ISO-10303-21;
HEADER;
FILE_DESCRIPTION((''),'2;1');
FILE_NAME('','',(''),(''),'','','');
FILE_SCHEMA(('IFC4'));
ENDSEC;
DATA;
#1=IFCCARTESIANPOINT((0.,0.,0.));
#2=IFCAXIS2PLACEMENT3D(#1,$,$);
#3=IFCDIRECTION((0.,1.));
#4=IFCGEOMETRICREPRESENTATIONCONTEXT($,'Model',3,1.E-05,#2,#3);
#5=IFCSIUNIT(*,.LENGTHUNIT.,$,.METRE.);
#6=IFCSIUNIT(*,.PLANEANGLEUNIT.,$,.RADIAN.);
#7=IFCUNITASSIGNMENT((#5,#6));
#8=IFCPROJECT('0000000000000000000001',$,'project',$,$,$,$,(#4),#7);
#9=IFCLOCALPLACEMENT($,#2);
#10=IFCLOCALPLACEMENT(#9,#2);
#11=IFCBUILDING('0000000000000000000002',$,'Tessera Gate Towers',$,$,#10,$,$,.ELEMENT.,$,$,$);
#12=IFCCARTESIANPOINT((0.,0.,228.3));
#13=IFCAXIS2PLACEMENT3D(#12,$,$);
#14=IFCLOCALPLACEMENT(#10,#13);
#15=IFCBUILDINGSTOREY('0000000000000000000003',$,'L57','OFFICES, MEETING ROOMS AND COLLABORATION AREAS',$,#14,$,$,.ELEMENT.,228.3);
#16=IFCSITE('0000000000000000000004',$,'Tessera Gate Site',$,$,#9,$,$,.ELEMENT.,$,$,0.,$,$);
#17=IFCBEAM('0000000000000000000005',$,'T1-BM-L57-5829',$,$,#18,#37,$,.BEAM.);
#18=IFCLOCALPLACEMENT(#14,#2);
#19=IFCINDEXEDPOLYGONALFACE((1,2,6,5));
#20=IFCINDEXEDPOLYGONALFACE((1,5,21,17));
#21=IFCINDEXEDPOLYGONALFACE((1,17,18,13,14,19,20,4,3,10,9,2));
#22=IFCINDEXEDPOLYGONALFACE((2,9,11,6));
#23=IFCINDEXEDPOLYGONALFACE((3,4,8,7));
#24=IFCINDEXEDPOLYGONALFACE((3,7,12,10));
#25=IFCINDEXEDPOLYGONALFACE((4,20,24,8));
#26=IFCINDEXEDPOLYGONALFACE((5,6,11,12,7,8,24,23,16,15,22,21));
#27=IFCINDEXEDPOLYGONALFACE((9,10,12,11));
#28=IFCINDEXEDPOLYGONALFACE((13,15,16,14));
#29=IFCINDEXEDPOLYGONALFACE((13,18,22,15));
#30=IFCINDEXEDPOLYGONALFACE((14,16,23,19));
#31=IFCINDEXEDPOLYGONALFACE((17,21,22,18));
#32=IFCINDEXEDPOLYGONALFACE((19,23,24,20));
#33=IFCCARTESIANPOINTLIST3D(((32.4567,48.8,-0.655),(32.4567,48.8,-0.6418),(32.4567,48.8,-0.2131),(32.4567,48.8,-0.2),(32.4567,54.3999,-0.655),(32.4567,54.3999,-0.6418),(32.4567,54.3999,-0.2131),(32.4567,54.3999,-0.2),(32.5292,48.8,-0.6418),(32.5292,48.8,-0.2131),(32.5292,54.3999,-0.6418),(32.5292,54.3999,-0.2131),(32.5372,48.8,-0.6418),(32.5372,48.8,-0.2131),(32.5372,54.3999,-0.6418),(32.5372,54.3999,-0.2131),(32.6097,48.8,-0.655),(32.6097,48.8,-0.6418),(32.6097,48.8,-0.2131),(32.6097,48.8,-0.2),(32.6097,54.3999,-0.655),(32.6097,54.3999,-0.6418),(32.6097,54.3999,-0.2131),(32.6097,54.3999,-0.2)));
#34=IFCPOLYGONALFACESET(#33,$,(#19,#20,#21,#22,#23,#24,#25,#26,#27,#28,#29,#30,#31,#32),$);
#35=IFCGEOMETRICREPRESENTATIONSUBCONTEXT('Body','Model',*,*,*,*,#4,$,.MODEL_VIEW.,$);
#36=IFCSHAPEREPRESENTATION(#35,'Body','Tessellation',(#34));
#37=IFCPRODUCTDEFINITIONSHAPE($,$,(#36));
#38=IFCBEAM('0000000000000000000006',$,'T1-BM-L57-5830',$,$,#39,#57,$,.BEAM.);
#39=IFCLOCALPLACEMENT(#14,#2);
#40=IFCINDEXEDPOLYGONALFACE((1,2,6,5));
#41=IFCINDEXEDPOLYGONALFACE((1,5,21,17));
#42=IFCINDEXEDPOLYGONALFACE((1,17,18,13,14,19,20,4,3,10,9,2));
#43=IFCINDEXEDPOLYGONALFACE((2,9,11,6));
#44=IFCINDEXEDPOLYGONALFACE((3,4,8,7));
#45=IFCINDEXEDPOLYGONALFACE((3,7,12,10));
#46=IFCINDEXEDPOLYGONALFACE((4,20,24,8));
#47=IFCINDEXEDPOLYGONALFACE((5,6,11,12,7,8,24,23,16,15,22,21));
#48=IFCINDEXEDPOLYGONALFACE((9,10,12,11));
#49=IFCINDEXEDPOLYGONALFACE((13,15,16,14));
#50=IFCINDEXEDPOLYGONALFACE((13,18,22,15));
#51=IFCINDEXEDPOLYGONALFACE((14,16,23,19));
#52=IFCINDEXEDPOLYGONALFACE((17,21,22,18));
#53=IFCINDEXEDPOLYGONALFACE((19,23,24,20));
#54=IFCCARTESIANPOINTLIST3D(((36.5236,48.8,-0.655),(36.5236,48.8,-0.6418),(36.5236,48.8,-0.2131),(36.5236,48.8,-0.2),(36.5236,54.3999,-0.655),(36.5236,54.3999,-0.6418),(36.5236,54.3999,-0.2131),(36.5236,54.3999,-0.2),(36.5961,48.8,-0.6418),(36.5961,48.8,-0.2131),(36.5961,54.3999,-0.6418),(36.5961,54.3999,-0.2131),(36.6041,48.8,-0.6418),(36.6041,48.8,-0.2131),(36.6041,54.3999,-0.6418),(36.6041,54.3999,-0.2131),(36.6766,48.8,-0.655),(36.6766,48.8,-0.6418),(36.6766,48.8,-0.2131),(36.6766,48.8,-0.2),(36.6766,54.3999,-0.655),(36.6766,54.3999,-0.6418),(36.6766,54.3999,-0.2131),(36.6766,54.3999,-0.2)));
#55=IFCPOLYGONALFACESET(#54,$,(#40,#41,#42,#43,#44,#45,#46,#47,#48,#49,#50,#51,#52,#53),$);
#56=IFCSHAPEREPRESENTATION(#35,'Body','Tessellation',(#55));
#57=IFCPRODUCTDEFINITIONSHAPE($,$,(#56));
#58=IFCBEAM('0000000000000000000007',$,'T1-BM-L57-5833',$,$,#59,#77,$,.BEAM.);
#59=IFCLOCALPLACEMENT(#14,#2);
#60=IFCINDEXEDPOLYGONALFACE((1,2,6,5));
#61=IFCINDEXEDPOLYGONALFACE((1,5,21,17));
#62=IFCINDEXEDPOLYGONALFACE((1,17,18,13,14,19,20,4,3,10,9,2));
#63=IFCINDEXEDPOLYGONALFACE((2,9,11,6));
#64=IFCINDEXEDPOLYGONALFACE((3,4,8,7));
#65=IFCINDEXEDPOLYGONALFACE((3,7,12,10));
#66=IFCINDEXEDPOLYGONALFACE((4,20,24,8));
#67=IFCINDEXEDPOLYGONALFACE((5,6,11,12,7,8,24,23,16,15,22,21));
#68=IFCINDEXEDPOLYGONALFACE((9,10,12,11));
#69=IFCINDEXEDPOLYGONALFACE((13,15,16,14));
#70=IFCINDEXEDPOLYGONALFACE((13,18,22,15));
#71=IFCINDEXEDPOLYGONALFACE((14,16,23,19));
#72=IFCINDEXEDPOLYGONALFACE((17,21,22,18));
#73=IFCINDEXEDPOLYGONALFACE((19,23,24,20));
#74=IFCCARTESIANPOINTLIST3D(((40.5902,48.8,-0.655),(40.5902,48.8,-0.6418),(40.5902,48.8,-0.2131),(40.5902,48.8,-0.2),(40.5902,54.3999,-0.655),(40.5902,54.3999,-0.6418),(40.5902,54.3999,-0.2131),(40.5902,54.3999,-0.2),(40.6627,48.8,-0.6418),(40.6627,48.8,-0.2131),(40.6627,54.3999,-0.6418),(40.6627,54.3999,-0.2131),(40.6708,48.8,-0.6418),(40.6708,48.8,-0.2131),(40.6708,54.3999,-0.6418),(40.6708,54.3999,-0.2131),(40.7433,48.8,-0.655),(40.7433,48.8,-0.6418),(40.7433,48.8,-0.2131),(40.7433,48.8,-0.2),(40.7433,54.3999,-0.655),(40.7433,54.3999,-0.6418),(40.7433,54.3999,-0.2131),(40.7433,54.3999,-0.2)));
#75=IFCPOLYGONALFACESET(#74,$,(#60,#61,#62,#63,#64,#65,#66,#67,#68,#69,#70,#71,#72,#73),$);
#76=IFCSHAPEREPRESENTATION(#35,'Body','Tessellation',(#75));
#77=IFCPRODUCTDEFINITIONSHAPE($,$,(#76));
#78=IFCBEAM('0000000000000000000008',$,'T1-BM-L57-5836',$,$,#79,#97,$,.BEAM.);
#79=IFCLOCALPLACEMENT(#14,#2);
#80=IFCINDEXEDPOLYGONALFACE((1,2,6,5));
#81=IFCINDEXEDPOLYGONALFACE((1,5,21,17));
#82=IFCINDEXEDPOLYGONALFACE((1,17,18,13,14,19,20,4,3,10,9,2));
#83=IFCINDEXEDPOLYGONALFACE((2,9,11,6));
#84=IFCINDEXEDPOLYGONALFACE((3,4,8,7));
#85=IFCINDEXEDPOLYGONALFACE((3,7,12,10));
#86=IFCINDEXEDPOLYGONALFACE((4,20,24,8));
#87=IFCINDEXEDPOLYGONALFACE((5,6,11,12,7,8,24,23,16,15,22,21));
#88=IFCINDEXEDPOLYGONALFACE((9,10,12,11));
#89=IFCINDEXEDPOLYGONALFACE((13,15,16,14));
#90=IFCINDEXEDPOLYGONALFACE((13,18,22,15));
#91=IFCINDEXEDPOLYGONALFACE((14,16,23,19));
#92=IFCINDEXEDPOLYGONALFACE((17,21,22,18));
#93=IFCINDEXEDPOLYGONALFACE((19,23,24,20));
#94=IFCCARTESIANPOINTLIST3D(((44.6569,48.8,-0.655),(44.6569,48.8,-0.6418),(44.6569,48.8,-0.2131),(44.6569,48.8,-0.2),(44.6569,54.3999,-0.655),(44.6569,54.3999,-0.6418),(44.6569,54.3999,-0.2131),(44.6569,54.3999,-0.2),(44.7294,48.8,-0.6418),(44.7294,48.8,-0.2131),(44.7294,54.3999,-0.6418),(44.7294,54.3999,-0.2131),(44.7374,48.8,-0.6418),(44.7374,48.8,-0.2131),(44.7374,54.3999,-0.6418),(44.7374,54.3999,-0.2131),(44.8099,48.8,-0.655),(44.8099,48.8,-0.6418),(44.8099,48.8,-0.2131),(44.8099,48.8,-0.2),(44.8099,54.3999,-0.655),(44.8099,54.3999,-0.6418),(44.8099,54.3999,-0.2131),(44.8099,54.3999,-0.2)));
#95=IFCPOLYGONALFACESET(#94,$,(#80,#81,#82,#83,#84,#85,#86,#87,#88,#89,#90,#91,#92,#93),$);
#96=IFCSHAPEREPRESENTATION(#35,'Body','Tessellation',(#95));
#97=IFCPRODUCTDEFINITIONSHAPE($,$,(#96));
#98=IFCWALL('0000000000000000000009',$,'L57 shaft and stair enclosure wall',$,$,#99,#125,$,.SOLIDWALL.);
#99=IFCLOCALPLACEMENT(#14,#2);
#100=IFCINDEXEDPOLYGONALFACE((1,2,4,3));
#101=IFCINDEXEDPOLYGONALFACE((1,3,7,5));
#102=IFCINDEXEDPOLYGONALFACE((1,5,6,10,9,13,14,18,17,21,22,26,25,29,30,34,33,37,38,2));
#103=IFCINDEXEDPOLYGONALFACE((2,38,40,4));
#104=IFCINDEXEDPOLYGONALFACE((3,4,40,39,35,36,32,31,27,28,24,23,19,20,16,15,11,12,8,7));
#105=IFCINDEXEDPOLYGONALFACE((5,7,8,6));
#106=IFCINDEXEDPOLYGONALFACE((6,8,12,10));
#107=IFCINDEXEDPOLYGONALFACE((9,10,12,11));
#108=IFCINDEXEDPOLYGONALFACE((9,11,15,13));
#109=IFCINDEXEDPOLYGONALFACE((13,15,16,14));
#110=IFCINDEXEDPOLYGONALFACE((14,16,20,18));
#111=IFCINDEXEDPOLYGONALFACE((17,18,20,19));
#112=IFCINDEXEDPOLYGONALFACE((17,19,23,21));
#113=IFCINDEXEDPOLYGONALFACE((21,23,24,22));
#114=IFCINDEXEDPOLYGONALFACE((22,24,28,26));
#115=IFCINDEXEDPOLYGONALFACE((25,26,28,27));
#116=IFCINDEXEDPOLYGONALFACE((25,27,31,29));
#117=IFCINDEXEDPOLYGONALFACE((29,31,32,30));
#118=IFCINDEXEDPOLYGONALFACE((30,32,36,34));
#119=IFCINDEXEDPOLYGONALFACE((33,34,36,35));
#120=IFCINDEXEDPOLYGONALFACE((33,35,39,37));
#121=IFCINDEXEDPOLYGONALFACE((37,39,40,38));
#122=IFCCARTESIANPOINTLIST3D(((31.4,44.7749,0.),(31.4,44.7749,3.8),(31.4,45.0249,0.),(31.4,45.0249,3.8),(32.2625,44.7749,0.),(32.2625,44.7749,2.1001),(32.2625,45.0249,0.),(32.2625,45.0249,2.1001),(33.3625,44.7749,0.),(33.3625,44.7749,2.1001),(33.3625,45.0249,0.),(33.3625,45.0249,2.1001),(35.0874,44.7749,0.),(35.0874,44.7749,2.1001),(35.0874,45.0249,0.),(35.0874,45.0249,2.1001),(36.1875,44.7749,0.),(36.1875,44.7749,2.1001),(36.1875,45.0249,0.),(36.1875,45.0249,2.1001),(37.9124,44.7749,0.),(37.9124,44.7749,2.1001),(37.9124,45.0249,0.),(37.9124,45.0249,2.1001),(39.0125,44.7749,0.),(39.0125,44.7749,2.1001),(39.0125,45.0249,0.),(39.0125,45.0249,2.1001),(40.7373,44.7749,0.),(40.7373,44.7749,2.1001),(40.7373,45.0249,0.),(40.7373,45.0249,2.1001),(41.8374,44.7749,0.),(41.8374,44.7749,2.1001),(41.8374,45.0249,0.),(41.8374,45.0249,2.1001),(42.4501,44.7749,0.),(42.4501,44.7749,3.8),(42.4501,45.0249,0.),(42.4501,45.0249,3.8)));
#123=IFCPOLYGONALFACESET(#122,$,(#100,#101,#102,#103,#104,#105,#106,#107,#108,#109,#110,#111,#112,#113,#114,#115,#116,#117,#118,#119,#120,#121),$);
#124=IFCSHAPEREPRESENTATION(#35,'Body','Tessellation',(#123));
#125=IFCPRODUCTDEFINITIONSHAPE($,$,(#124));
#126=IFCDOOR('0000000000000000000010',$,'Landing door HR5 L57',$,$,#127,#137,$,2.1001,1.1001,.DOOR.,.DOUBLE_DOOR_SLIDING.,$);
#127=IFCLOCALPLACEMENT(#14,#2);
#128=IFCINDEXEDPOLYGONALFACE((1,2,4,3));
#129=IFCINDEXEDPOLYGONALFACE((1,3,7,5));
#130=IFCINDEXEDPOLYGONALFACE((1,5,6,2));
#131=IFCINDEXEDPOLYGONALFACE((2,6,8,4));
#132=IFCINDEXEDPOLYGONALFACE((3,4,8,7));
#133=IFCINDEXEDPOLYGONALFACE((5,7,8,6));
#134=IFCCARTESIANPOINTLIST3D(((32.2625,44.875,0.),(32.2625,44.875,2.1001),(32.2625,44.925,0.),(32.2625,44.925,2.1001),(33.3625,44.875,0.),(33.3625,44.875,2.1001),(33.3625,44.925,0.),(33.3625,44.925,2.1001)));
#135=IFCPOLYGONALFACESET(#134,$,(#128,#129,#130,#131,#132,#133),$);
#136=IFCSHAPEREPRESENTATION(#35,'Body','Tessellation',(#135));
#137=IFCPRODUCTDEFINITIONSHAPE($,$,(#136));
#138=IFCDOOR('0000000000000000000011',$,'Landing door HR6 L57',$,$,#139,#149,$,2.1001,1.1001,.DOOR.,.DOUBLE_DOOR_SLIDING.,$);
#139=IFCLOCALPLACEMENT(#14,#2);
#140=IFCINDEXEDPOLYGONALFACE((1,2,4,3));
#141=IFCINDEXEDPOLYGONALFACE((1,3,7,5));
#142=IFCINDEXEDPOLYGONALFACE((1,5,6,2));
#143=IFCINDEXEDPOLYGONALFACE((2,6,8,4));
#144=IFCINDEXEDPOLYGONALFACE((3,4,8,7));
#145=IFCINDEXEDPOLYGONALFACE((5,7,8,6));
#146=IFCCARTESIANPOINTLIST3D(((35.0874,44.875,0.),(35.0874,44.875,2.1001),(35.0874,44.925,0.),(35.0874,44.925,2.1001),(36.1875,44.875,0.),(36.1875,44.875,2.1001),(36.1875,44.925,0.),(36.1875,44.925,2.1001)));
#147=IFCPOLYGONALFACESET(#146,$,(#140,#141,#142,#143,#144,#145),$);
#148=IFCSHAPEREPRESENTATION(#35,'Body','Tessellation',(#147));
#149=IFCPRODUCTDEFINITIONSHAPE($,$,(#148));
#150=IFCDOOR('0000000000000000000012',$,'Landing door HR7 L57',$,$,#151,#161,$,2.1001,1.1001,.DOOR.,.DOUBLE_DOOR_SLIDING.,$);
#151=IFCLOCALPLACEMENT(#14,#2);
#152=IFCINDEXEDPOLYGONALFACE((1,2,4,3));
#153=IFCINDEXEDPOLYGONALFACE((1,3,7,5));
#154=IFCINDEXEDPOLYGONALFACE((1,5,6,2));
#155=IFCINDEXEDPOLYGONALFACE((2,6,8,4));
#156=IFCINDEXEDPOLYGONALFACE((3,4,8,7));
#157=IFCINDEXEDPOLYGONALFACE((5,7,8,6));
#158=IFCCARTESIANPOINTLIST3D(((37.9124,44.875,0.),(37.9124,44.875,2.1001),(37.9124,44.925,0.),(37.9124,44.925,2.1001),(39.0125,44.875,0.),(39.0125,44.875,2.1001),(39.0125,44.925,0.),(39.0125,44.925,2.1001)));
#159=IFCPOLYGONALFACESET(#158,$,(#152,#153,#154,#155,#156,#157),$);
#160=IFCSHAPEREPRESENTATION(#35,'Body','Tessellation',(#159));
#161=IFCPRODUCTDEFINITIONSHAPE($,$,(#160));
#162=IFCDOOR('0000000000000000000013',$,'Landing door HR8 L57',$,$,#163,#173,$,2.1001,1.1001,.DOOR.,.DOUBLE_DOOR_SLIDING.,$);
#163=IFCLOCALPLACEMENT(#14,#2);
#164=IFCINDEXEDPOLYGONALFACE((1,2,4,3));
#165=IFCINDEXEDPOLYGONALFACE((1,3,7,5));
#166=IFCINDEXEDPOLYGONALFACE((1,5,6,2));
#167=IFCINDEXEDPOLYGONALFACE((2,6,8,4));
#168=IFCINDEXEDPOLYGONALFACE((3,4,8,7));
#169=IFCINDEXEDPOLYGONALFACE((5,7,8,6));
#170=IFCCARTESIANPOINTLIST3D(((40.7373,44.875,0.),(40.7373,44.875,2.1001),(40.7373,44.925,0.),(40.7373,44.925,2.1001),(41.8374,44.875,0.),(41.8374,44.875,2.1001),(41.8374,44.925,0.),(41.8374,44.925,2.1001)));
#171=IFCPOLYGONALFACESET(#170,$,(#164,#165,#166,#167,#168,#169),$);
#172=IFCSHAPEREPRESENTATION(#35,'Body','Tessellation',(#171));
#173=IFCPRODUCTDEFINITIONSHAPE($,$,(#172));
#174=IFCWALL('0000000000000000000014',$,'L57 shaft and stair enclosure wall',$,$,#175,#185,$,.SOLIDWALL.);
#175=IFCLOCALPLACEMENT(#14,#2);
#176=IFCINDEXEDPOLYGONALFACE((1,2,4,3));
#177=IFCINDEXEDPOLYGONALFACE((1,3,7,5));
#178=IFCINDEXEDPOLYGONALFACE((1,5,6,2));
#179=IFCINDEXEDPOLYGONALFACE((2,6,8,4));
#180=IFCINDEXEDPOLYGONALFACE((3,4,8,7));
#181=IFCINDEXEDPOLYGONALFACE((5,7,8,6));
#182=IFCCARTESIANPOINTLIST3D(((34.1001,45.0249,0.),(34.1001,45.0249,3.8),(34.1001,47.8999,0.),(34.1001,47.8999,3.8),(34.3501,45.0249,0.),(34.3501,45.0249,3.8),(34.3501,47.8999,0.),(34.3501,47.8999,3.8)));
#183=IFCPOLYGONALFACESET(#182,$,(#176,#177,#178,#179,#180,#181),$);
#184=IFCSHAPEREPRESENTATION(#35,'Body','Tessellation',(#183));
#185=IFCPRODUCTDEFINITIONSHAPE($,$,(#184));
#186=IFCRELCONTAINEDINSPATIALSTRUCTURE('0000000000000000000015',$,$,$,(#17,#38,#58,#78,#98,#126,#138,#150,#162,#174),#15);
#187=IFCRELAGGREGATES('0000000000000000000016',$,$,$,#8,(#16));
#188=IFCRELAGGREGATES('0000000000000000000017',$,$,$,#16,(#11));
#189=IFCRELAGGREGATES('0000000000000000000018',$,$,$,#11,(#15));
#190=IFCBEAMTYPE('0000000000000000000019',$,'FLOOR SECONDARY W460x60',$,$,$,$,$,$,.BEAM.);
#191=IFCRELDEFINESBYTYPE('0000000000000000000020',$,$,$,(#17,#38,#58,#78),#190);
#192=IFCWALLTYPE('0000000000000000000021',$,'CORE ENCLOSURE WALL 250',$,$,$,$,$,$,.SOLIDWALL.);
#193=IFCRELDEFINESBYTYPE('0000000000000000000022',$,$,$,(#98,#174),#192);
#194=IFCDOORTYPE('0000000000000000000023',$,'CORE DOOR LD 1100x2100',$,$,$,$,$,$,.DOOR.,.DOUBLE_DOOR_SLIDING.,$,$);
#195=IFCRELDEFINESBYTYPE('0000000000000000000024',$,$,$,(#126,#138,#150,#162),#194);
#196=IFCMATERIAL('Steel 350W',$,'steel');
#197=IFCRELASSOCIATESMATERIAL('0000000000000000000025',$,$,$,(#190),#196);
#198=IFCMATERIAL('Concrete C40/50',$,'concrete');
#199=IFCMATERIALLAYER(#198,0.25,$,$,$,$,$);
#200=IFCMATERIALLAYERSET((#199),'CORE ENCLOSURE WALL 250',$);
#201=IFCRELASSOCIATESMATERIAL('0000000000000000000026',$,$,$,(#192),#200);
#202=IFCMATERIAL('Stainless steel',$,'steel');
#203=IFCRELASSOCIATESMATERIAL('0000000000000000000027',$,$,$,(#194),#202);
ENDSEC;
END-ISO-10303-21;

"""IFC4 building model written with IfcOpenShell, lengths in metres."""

from ifc_helpers import new_model, si_unit, direction, frame, frame_2d, origin, origin_2d, place, context, subcontext, project, spatial, rectangle, i_section, extrude, source, transform, mapped, material, layer, layer_set, material_profile, profile_set, type_object, element, fill, save


model = new_model("IFC4")

# Units and contexts
model_context = context("Model", 3, precision=1e-05, world=origin(), true_north=direction((0.0, 1.0)))
body_context = subcontext(model_context, "Body", "Model", "MODEL_VIEW")
ifc_project = project(units=[si_unit("LENGTHUNIT", "METRE"), si_unit("PLANEANGLEUNIT", "RADIAN")], contexts=[model_context])

# Site, building, storey
site_placement = place(None, origin())
site = spatial("IfcSite", under=ifc_project, at=site_placement, Name="Tessera Gate Site", CompositionType="ELEMENT", RefElevation=0.0)
building_placement = place(site_placement, origin())
building = spatial("IfcBuilding", under=site, at=building_placement, Name="Tessera Gate Towers", CompositionType="ELEMENT")
storey_placement = place(building_placement, frame((0.0, 0.0, 228.3)))
storey = spatial("IfcBuildingStorey", under=building, at=storey_placement, Name="L57", Description="OFFICES, MEETING ROOMS AND COLLABORATION AREAS", CompositionType="ELEMENT", Elevation=228.3)

# Beams
ifc_material_1 = material(Name="Steel 350W", Category="steel")
ifc_material_profile = material_profile(ifc_material_1, i_section(OverallWidth=0.1531, OverallDepth=0.4551, WebThickness=0.0081, FlangeThickness=0.0132, at=origin_2d()), Name="W460x60")
ifc_profile_set = profile_set([ifc_material_profile], Name="Steel 350W")
beam_type = type_object("IfcBeamType", Name="FLOOR SECONDARY W460x60", PredefinedType="BEAM", material=ifc_profile_set)
for number, where, z_axis, x_axis, name in (
    (1, (32.5332, 48.8, -0.4275), (0.0, 1.0, 0.0), (-1.0, 0.0, 0.0), "T1-BM-L57-5829"),
    (2, (36.6001, 48.8, -0.4275), (0.0, 1.0, 0.0), (-1.0, 0.0, 0.0), "T1-BM-L57-5830"),
    (3, (40.6667, 48.8, -0.4275), (0.0, 1.0, 0.0), (-1.0, 0.0, 0.0), "T1-BM-L57-5833"),
    (4, (44.7334, 48.8, -0.4275), (0.0, 1.0, 0.0), (-1.0, 0.0, 0.0), "T1-BM-L57-5836"),
):
    element("IfcBeam", number, at=place(storey_placement, frame(where, z_axis=z_axis, x_axis=x_axis)), inside=storey, type_object=beam_type, Name=name, PredefinedType="BEAM", context=body_context, shape_type="SweptSolid", body=[
        extrude(i_section(OverallWidth=0.1531, OverallDepth=0.4551, WebThickness=0.0081, FlangeThickness=0.0132, at=origin_2d()), origin(), (0.0, 0.0, 1.0), 5.5999),
    ])

# Wall, openings, doors
ifc_material_2 = material(Name="Concrete C40/50", Category="concrete")
ifc_layer_1 = layer(ifc_material_2, 0.25)
ifc_layer_set_1 = layer_set([ifc_layer_1], Name="CORE ENCLOSURE WALL 250")
wall_type_1 = type_object("IfcWallType", Name="CORE ENCLOSURE WALL 250", PredefinedType="SOLIDWALL", material=ifc_layer_set_1)
wall_1_placement = place(storey_placement, frame((42.45, 44.8999, 0.0), z_axis=(0.0, 0.0, 1.0), x_axis=(-1.0, 0.0, 0.0)))
wall_1 = element("IfcWall", 5, at=wall_1_placement, inside=storey, type_object=wall_type_1, Name="L57 shaft and stair enclosure wall", PredefinedType="SOLIDWALL", context=body_context, shape_type="SweptSolid", body=[
    extrude(rectangle(XDim=11.05, YDim=0.25, at=frame_2d((5.5249, 0.0))), origin(), (0.0, 0.0, 1.0), 3.8),
])
shared_shape_1 = source(origin(), body_context, "Body", "SweptSolid", [
    extrude(rectangle(XDim=1.1001, YDim=2.1001, at=frame_2d((0.55, 1.05))), frame((0.0, 0.135, 0.0), z_axis=(0.0, -1.0, 0.0), x_axis=(1.0, 0.0, 0.0)), (0.0, 0.0, 1.0), 0.27),
])
opening_1_placement = place(wall_1_placement, frame((9.0874, 0.0, 0.0)))
opening_1 = element("IfcOpeningElement", 6, at=opening_1_placement, cuts=wall_1, PredefinedType="OPENING", context=body_context, shape_type="MappedRepresentation", body=[
    mapped(shared_shape_1, transform((0.0, 0.0, 0.0), scale=1.0)),
])
opening_2_placement = place(wall_1_placement, frame((6.2625, 0.0, 0.0)))
opening_2 = element("IfcOpeningElement", 7, at=opening_2_placement, cuts=wall_1, PredefinedType="OPENING", context=body_context, shape_type="MappedRepresentation", body=[
    mapped(shared_shape_1, transform((0.0, 0.0, 0.0), scale=1.0)),
])
opening_3_placement = place(wall_1_placement, frame((3.4375, 0.0, 0.0)))
opening_3 = element("IfcOpeningElement", 8, at=opening_3_placement, cuts=wall_1, PredefinedType="OPENING", context=body_context, shape_type="MappedRepresentation", body=[
    mapped(shared_shape_1, transform((0.0, 0.0, 0.0), scale=1.0)),
])
opening_4_placement = place(wall_1_placement, frame((0.6125, 0.0, 0.0)))
opening_4 = element("IfcOpeningElement", 9, at=opening_4_placement, cuts=wall_1, PredefinedType="OPENING", context=body_context, shape_type="MappedRepresentation", body=[
    mapped(shared_shape_1, transform((0.0, 0.0, 0.0), scale=1.0)),
])
ifc_material_3 = material(Name="Stainless steel", Category="steel")
door_type_1 = type_object("IfcDoorType", Name="CORE DOOR LD 1100x2100", OperationType="DOUBLE_DOOR_SLIDING", PredefinedType="DOOR", material=ifc_material_3)
shared_shape_2 = source(origin(), body_context, "Body", "SweptSolid", [
    extrude(rectangle(XDim=1.1001, YDim=2.1001, at=frame_2d((0.55, 1.05))), frame((0.0, 0.0249, 0.0), z_axis=(0.0, -1.0, 0.0), x_axis=(1.0, 0.0, 0.0)), (0.0, 0.0, 1.0), 0.05),
])
door_1_placement = place(opening_1_placement, origin())
door_1 = element("IfcDoor", 10, at=door_1_placement, inside=storey, type_object=door_type_1, Name="Landing door HR5 L57", OperationType="DOUBLE_DOOR_SLIDING", OverallHeight=2.1001, OverallWidth=1.1001, PredefinedType="DOOR", context=body_context, shape_type="MappedRepresentation", body=[
    mapped(shared_shape_2, transform((0.0, 0.0, 0.0), scale=1.0)),
])
fill(opening_1, door_1)
door_2_placement = place(opening_2_placement, origin())
door_2 = element("IfcDoor", 11, at=door_2_placement, inside=storey, type_object=door_type_1, Name="Landing door HR6 L57", OperationType="DOUBLE_DOOR_SLIDING", OverallHeight=2.1001, OverallWidth=1.1001, PredefinedType="DOOR", context=body_context, shape_type="MappedRepresentation", body=[
    mapped(shared_shape_2, transform((0.0, 0.0, 0.0), scale=1.0)),
])
fill(opening_2, door_2)
door_3_placement = place(opening_3_placement, origin())
door_3 = element("IfcDoor", 12, at=door_3_placement, inside=storey, type_object=door_type_1, Name="Landing door HR7 L57", OperationType="DOUBLE_DOOR_SLIDING", OverallHeight=2.1001, OverallWidth=1.1001, PredefinedType="DOOR", context=body_context, shape_type="MappedRepresentation", body=[
    mapped(shared_shape_2, transform((0.0, 0.0, 0.0), scale=1.0)),
])
fill(opening_3, door_3)
door_4_placement = place(opening_4_placement, origin())
door_4 = element("IfcDoor", 13, at=door_4_placement, inside=storey, type_object=door_type_1, Name="Landing door HR8 L57", OperationType="DOUBLE_DOOR_SLIDING", OverallHeight=2.1001, OverallWidth=1.1001, PredefinedType="DOOR", context=body_context, shape_type="MappedRepresentation", body=[
    mapped(shared_shape_2, transform((0.0, 0.0, 0.0), scale=1.0)),
])
fill(opening_4, door_4)

# Wall
for number, where, z_axis, x_axis, name in (
    (14, (34.2251, 45.0249, 0.0), (0.0, 0.0, 1.0), (0.0, 1.0, 0.0), "L57 shaft and stair enclosure wall"),
):
    element("IfcWall", number, at=place(storey_placement, frame(where, z_axis=z_axis, x_axis=x_axis)), inside=storey, type_object=wall_type_1, Name=name, PredefinedType="SOLIDWALL", context=body_context, shape_type="SweptSolid", body=[
        extrude(rectangle(XDim=2.875, YDim=0.25, at=frame_2d((1.4375, 0.0))), origin(), (0.0, 0.0, 1.0), 3.8),
    ])

save(model, "model.ifc")
